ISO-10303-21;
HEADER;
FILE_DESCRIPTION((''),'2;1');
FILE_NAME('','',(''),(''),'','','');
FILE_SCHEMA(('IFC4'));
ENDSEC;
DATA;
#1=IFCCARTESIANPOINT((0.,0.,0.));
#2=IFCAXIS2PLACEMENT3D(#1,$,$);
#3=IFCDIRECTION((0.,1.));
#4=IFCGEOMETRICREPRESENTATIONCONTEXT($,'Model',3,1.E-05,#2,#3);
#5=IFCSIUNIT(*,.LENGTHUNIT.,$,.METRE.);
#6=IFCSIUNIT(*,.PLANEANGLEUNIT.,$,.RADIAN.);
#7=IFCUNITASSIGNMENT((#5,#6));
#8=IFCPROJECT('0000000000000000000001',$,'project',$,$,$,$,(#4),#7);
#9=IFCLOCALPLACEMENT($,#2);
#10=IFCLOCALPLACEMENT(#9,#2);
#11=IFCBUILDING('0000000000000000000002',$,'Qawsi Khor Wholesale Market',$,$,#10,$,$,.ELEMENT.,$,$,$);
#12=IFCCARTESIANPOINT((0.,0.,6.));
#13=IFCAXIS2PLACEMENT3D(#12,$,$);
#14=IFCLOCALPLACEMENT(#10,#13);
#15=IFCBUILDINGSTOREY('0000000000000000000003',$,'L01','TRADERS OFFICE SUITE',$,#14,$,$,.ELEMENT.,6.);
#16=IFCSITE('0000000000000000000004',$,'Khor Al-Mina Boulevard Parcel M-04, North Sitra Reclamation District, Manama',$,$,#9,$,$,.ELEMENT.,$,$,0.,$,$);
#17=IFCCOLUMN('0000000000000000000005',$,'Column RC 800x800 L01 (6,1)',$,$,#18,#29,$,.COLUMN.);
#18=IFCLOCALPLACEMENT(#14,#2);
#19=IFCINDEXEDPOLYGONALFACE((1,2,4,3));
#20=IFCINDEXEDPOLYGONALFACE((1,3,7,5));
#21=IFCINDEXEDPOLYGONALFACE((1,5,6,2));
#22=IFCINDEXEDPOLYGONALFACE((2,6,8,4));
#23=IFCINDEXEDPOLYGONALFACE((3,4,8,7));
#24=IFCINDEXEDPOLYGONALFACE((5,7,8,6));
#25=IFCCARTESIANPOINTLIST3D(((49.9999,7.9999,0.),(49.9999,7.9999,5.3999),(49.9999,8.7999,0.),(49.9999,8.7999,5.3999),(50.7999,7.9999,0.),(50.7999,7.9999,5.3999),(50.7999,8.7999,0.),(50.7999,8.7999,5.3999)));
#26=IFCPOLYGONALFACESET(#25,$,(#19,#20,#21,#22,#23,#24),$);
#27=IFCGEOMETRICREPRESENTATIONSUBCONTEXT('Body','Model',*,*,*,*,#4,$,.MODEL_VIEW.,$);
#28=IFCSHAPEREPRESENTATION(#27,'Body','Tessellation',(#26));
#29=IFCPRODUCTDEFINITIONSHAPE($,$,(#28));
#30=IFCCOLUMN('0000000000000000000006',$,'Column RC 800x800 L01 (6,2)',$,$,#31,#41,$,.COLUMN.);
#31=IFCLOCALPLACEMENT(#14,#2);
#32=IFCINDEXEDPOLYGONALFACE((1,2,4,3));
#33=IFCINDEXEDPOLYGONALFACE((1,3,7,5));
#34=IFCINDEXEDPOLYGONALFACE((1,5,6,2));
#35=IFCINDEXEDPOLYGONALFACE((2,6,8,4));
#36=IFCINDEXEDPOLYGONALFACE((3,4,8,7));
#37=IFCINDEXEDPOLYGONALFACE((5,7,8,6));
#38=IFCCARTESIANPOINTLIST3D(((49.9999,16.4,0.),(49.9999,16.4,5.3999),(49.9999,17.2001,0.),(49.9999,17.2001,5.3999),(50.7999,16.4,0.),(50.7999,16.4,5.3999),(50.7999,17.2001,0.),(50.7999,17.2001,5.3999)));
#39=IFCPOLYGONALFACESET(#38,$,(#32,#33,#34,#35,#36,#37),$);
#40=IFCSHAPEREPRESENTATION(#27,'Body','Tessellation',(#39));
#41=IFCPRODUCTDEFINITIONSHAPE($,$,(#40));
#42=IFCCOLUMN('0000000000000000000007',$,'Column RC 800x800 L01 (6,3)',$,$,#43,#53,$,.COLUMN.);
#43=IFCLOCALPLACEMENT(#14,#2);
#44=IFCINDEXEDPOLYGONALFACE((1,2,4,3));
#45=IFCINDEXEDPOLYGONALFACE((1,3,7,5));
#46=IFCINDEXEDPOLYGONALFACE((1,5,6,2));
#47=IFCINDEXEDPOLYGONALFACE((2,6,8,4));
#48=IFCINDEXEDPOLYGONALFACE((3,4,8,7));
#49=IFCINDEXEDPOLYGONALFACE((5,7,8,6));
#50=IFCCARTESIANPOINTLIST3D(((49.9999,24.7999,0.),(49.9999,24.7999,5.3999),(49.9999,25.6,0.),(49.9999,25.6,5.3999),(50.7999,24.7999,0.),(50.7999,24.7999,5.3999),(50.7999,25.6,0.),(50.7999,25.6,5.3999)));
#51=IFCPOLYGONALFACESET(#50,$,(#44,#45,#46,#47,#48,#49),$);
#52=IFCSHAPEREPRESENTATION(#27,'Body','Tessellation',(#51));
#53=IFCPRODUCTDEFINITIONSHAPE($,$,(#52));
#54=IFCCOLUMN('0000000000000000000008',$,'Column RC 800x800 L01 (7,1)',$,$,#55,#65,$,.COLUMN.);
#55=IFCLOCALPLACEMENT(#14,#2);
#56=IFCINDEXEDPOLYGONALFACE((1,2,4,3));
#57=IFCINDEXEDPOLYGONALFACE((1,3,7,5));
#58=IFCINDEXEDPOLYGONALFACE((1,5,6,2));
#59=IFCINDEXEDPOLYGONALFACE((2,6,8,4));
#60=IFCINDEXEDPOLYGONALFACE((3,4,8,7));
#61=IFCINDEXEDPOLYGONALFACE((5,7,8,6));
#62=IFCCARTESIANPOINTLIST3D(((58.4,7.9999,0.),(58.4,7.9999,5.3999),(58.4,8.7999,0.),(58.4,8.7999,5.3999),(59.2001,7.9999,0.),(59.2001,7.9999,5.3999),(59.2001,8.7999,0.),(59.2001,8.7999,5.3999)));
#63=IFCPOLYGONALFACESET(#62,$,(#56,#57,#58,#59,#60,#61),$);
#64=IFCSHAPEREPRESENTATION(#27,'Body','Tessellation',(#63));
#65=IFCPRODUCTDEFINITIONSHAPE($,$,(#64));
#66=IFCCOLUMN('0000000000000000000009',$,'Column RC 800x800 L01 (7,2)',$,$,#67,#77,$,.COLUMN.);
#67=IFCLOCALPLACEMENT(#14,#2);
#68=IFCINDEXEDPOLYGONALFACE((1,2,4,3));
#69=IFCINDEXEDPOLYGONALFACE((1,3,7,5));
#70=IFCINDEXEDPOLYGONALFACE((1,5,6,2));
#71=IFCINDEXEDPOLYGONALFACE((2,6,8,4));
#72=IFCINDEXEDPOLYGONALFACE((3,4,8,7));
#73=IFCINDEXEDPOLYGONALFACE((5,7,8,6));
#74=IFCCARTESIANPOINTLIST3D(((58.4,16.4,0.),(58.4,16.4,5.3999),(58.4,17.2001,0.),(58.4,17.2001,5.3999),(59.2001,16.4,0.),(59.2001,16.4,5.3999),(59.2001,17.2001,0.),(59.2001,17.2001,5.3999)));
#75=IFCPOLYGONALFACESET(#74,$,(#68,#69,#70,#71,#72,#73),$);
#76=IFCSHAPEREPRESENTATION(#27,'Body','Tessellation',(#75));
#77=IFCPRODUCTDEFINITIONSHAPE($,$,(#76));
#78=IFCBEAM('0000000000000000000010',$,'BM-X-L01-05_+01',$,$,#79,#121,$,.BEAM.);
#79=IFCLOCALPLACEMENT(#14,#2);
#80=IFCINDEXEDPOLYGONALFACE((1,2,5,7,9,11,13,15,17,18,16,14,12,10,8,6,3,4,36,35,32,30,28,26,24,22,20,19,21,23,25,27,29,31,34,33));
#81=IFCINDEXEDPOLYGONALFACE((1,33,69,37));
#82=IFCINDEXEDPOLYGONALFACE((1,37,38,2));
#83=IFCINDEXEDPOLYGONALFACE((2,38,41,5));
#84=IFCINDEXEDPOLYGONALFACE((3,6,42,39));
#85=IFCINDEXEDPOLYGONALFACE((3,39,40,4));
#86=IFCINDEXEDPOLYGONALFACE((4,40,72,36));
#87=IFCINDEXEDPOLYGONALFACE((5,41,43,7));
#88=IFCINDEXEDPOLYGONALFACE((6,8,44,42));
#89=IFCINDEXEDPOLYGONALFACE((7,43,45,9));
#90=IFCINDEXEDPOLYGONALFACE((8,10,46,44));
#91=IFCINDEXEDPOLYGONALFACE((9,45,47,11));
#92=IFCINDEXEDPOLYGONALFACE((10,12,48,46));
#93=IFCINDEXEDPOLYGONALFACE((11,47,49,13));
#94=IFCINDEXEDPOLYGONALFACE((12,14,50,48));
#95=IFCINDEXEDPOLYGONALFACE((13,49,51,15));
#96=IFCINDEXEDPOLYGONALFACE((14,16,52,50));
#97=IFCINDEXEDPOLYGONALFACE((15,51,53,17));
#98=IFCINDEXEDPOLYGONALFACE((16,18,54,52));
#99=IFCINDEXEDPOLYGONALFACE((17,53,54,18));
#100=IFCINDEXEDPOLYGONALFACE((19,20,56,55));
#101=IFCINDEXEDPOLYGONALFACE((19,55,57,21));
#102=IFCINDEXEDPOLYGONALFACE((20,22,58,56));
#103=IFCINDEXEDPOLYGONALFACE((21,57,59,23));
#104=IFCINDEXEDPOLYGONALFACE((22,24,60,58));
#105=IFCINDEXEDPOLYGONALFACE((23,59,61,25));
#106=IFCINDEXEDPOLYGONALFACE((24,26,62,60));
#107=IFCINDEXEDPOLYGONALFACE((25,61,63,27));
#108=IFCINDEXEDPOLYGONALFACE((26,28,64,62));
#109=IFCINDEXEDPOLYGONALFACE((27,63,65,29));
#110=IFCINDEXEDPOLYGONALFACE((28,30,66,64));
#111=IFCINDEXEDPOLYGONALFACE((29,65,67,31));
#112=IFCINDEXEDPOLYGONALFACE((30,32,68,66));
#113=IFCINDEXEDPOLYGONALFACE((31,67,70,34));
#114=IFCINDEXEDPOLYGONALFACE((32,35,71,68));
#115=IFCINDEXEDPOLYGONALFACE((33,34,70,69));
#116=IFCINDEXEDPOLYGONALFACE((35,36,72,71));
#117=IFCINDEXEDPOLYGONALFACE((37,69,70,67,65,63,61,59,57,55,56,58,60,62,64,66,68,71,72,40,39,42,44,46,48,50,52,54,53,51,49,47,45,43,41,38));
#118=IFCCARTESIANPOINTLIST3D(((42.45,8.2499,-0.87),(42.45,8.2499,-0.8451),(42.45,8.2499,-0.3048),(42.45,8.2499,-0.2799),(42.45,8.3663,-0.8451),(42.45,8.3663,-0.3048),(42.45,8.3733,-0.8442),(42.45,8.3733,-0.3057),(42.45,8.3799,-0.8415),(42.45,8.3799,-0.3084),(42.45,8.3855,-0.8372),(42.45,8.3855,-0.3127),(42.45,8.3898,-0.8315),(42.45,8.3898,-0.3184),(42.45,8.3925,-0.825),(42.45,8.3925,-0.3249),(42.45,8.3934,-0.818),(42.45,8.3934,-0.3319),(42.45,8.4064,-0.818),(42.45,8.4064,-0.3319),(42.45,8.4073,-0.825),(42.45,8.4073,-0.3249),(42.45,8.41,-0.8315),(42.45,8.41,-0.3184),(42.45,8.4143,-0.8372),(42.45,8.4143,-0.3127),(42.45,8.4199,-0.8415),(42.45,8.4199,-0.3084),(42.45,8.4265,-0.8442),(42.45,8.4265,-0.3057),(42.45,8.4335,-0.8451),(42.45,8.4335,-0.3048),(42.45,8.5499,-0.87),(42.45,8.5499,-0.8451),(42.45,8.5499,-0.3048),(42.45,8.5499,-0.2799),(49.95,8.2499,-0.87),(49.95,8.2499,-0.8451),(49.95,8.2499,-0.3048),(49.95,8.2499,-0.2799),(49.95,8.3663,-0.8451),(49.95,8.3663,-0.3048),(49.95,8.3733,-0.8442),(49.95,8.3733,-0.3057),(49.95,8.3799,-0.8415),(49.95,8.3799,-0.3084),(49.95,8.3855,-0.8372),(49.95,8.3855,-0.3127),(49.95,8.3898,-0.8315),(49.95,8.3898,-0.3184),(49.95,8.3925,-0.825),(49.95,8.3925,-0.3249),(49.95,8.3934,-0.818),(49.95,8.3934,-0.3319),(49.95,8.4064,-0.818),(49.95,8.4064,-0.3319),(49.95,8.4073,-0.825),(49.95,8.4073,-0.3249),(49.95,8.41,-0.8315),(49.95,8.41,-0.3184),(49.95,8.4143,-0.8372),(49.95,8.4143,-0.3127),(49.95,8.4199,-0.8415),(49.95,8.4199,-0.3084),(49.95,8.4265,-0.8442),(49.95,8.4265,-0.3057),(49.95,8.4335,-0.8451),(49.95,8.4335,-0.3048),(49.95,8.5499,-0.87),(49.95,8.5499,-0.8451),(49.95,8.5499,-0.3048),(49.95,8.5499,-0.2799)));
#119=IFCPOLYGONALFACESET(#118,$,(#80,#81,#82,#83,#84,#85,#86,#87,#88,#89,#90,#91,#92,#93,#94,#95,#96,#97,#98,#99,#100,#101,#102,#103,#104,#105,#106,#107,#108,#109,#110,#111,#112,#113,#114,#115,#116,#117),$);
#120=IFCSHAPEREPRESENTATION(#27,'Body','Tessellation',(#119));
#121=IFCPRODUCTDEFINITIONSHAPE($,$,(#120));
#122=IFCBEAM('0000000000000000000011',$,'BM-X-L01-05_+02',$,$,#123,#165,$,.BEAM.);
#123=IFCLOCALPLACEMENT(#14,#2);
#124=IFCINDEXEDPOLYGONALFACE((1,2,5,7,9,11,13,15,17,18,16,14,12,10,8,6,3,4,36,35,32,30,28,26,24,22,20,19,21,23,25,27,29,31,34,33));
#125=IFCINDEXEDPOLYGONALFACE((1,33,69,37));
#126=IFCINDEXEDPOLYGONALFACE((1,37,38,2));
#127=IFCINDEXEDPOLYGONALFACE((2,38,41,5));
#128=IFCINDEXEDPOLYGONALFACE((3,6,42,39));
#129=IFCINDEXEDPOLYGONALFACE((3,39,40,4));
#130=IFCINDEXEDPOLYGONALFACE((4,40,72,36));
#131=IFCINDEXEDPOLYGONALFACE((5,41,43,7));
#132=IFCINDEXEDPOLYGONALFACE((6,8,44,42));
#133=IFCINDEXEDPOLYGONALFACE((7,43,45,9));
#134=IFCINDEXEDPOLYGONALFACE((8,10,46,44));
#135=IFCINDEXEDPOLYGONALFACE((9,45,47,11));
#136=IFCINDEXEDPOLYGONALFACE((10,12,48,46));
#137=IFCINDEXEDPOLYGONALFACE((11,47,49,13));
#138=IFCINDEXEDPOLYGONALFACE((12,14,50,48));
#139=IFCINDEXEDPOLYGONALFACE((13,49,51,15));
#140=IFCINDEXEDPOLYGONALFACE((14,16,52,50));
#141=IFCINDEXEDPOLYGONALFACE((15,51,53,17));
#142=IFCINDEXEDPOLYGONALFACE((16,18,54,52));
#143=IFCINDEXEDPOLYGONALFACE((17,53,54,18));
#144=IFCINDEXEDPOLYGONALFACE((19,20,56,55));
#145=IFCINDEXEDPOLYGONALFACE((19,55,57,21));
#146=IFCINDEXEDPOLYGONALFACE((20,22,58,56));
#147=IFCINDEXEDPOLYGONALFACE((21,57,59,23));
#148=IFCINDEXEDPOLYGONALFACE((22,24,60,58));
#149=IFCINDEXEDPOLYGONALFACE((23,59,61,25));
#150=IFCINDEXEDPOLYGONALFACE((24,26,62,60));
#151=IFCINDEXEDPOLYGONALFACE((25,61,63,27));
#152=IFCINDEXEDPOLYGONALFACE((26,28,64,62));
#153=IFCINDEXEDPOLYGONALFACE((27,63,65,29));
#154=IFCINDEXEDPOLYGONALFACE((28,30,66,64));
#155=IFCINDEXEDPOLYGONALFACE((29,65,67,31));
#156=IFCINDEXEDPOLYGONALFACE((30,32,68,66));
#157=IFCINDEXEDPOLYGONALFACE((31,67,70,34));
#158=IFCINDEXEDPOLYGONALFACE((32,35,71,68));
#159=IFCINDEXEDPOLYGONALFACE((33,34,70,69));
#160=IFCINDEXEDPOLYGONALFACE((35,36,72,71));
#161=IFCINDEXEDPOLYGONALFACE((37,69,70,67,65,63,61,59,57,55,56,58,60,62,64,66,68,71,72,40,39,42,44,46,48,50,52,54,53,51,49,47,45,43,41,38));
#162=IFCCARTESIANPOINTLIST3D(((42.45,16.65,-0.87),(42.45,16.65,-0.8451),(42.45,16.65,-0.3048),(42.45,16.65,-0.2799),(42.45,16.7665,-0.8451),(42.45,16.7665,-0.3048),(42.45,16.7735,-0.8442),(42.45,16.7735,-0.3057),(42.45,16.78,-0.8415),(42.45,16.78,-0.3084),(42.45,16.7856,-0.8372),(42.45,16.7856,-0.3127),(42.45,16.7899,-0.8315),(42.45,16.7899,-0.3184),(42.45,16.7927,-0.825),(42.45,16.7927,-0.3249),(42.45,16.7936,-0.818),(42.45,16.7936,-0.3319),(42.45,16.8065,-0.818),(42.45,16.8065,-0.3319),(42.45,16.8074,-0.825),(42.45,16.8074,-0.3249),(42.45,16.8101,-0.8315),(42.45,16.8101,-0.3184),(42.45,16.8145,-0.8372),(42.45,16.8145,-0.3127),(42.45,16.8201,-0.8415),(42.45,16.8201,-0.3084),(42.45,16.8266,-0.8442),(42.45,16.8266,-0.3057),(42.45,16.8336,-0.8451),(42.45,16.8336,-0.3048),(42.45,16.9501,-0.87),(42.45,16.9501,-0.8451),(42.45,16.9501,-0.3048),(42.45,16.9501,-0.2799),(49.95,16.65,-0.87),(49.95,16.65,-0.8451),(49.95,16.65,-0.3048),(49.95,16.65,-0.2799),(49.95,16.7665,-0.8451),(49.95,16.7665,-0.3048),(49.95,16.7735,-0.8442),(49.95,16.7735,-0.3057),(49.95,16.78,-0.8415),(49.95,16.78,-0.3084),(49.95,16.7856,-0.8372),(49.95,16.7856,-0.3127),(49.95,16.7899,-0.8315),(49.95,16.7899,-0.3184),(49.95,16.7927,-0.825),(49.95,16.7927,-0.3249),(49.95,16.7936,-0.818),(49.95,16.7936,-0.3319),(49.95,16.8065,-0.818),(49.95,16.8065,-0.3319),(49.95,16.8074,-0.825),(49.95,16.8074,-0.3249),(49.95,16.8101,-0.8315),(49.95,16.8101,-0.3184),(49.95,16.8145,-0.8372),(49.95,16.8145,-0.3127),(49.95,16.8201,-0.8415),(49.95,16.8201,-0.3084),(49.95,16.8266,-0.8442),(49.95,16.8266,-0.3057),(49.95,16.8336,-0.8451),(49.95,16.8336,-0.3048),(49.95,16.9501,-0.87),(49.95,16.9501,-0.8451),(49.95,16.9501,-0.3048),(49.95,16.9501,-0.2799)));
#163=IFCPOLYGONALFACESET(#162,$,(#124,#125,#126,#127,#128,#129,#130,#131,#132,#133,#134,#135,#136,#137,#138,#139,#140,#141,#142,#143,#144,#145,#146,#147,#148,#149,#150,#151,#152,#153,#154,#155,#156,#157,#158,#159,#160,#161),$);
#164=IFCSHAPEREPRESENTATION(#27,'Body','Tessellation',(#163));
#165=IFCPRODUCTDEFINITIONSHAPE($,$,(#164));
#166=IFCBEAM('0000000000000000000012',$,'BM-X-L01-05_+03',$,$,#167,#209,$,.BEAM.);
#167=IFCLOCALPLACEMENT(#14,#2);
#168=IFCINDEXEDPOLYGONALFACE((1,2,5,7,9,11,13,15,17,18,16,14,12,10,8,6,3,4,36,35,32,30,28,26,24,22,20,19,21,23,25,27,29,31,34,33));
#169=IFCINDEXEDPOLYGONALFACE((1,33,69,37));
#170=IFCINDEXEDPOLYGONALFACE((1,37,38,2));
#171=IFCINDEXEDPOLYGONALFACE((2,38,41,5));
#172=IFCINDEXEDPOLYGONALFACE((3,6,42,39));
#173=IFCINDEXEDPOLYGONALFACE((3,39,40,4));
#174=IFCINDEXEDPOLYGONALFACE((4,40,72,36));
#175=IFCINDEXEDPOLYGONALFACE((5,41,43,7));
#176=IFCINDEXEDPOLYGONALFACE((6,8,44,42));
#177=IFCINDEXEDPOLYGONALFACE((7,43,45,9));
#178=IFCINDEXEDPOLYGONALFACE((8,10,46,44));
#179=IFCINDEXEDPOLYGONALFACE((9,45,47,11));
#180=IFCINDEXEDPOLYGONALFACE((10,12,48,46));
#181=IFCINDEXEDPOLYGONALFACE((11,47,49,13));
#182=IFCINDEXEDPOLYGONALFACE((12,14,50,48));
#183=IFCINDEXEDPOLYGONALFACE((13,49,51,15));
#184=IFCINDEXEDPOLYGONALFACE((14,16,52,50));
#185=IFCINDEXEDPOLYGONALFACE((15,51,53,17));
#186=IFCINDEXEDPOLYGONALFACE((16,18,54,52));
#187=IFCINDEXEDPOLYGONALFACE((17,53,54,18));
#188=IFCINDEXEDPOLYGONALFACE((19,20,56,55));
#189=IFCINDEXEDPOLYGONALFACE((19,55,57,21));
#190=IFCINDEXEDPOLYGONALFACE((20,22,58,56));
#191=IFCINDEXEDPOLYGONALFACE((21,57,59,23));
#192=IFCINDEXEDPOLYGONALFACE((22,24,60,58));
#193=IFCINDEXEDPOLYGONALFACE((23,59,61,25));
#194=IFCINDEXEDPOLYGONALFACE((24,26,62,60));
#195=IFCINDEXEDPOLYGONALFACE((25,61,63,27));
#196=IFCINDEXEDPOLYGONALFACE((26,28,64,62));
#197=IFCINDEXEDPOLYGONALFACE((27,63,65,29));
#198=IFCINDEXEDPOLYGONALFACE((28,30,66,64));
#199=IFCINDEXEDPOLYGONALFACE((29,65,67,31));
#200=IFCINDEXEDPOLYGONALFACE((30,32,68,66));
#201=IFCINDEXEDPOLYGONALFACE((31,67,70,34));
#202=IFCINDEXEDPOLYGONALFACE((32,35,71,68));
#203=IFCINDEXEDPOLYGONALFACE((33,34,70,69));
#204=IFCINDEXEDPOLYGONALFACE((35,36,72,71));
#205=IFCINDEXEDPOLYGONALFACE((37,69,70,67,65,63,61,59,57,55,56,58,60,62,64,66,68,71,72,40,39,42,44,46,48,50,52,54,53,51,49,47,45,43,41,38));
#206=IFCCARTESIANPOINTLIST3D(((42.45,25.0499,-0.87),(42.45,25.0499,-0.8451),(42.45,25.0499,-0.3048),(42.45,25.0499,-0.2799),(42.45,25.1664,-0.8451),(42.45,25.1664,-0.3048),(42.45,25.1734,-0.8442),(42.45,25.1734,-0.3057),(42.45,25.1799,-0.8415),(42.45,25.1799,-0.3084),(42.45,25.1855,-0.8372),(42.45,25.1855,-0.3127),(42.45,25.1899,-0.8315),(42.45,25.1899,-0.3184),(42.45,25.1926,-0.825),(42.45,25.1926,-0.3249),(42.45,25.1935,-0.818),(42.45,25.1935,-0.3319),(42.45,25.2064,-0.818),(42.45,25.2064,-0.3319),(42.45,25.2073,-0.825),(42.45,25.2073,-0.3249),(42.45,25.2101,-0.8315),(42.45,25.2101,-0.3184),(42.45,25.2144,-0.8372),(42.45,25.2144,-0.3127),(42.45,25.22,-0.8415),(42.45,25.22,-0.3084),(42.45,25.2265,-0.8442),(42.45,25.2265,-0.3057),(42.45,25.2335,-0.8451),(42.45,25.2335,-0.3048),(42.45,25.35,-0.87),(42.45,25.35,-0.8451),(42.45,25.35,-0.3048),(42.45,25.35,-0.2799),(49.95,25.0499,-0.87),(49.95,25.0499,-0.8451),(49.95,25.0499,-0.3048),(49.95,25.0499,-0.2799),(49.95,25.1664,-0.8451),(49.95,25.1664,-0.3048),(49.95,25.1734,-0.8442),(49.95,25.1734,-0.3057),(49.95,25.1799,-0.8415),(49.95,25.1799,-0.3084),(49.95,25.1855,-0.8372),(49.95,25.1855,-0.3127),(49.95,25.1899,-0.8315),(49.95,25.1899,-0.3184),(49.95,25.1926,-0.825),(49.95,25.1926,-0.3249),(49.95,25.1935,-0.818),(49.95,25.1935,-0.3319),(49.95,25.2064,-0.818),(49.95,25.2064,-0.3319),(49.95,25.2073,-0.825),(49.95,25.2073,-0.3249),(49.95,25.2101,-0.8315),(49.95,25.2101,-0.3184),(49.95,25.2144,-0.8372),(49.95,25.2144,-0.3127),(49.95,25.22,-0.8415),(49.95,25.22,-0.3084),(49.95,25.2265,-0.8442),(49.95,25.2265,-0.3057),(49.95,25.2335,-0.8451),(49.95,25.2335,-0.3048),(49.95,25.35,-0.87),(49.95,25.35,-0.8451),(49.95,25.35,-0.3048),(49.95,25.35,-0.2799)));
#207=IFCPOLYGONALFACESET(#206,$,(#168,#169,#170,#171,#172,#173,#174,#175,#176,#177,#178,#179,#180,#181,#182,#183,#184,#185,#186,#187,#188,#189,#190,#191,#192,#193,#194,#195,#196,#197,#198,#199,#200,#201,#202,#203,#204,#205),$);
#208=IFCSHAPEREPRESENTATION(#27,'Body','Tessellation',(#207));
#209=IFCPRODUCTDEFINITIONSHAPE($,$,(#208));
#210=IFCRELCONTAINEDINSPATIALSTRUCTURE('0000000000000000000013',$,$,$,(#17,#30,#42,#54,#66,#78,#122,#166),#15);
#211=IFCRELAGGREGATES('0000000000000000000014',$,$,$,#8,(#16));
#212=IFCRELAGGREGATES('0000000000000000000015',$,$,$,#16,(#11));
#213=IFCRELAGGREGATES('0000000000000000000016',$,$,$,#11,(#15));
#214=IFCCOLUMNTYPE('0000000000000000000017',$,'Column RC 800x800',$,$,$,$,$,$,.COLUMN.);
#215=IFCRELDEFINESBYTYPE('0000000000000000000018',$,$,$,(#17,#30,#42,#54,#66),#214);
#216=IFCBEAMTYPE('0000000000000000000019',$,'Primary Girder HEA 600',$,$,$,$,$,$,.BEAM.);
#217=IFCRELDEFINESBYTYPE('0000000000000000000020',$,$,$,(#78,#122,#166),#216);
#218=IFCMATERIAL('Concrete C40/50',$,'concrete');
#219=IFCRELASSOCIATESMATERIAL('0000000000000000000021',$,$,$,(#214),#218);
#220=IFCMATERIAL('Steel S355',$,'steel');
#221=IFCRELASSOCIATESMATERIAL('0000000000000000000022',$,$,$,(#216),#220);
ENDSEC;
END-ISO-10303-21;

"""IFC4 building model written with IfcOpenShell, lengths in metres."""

from ifc_helpers import new_model, si_unit, direction, frame, origin, origin_2d, place, context, subcontext, project, spatial, rectangle, i_section, extrude, material, material_profile, profile_set, type_object, element, save


model = new_model("IFC4")

# Units and contexts
model_context = context("Model", 3, precision=1e-05, world=origin(), true_north=direction((0.0, 1.0)))
body_context = subcontext(model_context, "Body", "Model", "MODEL_VIEW")
ifc_project = project(units=[si_unit("LENGTHUNIT", "METRE"), si_unit("PLANEANGLEUNIT", "RADIAN")], contexts=[model_context])

# Site, building, storey
site_placement = place(None, origin())
site = spatial("IfcSite", under=ifc_project, at=site_placement, Name="Khor Al-Mina Boulevard Parcel M-04, North Sitra Reclamation District, Manama", CompositionType="ELEMENT", RefElevation=0.0)
building_placement = place(site_placement, origin())
building = spatial("IfcBuilding", under=site, at=building_placement, Name="Qawsi Khor Wholesale Market", CompositionType="ELEMENT")
storey_placement = place(building_placement, frame((0.0, 0.0, 6.0)))
storey = spatial("IfcBuildingStorey", under=building, at=storey_placement, Name="L01", Description="TRADERS OFFICE SUITE", CompositionType="ELEMENT", Elevation=6.0)

# Columns
ifc_material_1 = material(Name="Concrete C40/50", Category="concrete")
ifc_material_profile_1 = material_profile(ifc_material_1, rectangle(XDim=0.8, YDim=0.8, at=origin_2d()), Name="RC 800x800")
ifc_profile_set_1 = profile_set([ifc_material_profile_1], Name="Concrete C40/50")
column_type = type_object("IfcColumnType", Name="Column RC 800x800", PredefinedType="COLUMN", material=ifc_profile_set_1)
for number, where, z_axis, x_axis, name in (
    (1, (50.3999, 8.3999, 0.0), (0.0, 0.0, 1.0), (1.0, 0.0, 0.0), "Column RC 800x800 L01 (6,1)"),
    (2, (50.3999, 16.8, 0.0), (0.0, 0.0, 1.0), (1.0, 0.0, 0.0), "Column RC 800x800 L01 (6,2)"),
    (3, (50.3999, 25.2, 0.0), (0.0, 0.0, 1.0), (1.0, 0.0, 0.0), "Column RC 800x800 L01 (6,3)"),
    (4, (58.8, 8.3999, 0.0), (0.0, 0.0, 1.0), (1.0, 0.0, 0.0), "Column RC 800x800 L01 (7,1)"),
    (5, (58.8, 16.8, 0.0), (0.0, 0.0, 1.0), (1.0, 0.0, 0.0), "Column RC 800x800 L01 (7,2)"),
):
    element("IfcColumn", number, at=place(storey_placement, frame(where, z_axis=z_axis, x_axis=x_axis)), inside=storey, type_object=column_type, Name=name, PredefinedType="COLUMN", context=body_context, shape_type="SweptSolid", body=[
        extrude(rectangle(XDim=0.8, YDim=0.8, at=origin_2d()), origin(), (0.0, 0.0, 1.0), 5.3999),
    ])

# Beams
ifc_material_2 = material(Name="Steel S355", Category="steel")
ifc_material_profile_2 = material_profile(ifc_material_2, i_section(OverallWidth=0.3, OverallDepth=0.5901, WebThickness=0.0129, FlangeThickness=0.0249, FilletRadius=0.0271, at=origin_2d()), Name="HEA 600")
ifc_profile_set_2 = profile_set([ifc_material_profile_2], Name="Steel S355")
beam_type_1 = type_object("IfcBeamType", Name="Primary Girder HEA 600", PredefinedType="BEAM", material=ifc_profile_set_2)
for number, where, z_axis, x_axis, name in (
    (6, (42.45, 8.3999, -0.575), (1.0, 0.0, 0.0), (0.0, 1.0, 0.0), "BM-X-L01-05_+01"),
    (7, (42.45, 16.8, -0.575), (1.0, 0.0, 0.0), (0.0, 1.0, 0.0), "BM-X-L01-05_+02"),
    (8, (42.45, 25.2, -0.575), (1.0, 0.0, 0.0), (0.0, 1.0, 0.0), "BM-X-L01-05_+03"),
):
    element("IfcBeam", number, at=place(storey_placement, frame(where, z_axis=z_axis, x_axis=x_axis)), inside=storey, type_object=beam_type_1, Name=name, PredefinedType="BEAM", context=body_context, shape_type="SweptSolid", body=[
        extrude(i_section(OverallWidth=0.3, OverallDepth=0.5901, WebThickness=0.0129, FlangeThickness=0.0249, FilletRadius=0.0271, at=origin_2d()), origin(), (0.0, 0.0, 1.0), 7.5),
    ])

save(model, "model.ifc")
